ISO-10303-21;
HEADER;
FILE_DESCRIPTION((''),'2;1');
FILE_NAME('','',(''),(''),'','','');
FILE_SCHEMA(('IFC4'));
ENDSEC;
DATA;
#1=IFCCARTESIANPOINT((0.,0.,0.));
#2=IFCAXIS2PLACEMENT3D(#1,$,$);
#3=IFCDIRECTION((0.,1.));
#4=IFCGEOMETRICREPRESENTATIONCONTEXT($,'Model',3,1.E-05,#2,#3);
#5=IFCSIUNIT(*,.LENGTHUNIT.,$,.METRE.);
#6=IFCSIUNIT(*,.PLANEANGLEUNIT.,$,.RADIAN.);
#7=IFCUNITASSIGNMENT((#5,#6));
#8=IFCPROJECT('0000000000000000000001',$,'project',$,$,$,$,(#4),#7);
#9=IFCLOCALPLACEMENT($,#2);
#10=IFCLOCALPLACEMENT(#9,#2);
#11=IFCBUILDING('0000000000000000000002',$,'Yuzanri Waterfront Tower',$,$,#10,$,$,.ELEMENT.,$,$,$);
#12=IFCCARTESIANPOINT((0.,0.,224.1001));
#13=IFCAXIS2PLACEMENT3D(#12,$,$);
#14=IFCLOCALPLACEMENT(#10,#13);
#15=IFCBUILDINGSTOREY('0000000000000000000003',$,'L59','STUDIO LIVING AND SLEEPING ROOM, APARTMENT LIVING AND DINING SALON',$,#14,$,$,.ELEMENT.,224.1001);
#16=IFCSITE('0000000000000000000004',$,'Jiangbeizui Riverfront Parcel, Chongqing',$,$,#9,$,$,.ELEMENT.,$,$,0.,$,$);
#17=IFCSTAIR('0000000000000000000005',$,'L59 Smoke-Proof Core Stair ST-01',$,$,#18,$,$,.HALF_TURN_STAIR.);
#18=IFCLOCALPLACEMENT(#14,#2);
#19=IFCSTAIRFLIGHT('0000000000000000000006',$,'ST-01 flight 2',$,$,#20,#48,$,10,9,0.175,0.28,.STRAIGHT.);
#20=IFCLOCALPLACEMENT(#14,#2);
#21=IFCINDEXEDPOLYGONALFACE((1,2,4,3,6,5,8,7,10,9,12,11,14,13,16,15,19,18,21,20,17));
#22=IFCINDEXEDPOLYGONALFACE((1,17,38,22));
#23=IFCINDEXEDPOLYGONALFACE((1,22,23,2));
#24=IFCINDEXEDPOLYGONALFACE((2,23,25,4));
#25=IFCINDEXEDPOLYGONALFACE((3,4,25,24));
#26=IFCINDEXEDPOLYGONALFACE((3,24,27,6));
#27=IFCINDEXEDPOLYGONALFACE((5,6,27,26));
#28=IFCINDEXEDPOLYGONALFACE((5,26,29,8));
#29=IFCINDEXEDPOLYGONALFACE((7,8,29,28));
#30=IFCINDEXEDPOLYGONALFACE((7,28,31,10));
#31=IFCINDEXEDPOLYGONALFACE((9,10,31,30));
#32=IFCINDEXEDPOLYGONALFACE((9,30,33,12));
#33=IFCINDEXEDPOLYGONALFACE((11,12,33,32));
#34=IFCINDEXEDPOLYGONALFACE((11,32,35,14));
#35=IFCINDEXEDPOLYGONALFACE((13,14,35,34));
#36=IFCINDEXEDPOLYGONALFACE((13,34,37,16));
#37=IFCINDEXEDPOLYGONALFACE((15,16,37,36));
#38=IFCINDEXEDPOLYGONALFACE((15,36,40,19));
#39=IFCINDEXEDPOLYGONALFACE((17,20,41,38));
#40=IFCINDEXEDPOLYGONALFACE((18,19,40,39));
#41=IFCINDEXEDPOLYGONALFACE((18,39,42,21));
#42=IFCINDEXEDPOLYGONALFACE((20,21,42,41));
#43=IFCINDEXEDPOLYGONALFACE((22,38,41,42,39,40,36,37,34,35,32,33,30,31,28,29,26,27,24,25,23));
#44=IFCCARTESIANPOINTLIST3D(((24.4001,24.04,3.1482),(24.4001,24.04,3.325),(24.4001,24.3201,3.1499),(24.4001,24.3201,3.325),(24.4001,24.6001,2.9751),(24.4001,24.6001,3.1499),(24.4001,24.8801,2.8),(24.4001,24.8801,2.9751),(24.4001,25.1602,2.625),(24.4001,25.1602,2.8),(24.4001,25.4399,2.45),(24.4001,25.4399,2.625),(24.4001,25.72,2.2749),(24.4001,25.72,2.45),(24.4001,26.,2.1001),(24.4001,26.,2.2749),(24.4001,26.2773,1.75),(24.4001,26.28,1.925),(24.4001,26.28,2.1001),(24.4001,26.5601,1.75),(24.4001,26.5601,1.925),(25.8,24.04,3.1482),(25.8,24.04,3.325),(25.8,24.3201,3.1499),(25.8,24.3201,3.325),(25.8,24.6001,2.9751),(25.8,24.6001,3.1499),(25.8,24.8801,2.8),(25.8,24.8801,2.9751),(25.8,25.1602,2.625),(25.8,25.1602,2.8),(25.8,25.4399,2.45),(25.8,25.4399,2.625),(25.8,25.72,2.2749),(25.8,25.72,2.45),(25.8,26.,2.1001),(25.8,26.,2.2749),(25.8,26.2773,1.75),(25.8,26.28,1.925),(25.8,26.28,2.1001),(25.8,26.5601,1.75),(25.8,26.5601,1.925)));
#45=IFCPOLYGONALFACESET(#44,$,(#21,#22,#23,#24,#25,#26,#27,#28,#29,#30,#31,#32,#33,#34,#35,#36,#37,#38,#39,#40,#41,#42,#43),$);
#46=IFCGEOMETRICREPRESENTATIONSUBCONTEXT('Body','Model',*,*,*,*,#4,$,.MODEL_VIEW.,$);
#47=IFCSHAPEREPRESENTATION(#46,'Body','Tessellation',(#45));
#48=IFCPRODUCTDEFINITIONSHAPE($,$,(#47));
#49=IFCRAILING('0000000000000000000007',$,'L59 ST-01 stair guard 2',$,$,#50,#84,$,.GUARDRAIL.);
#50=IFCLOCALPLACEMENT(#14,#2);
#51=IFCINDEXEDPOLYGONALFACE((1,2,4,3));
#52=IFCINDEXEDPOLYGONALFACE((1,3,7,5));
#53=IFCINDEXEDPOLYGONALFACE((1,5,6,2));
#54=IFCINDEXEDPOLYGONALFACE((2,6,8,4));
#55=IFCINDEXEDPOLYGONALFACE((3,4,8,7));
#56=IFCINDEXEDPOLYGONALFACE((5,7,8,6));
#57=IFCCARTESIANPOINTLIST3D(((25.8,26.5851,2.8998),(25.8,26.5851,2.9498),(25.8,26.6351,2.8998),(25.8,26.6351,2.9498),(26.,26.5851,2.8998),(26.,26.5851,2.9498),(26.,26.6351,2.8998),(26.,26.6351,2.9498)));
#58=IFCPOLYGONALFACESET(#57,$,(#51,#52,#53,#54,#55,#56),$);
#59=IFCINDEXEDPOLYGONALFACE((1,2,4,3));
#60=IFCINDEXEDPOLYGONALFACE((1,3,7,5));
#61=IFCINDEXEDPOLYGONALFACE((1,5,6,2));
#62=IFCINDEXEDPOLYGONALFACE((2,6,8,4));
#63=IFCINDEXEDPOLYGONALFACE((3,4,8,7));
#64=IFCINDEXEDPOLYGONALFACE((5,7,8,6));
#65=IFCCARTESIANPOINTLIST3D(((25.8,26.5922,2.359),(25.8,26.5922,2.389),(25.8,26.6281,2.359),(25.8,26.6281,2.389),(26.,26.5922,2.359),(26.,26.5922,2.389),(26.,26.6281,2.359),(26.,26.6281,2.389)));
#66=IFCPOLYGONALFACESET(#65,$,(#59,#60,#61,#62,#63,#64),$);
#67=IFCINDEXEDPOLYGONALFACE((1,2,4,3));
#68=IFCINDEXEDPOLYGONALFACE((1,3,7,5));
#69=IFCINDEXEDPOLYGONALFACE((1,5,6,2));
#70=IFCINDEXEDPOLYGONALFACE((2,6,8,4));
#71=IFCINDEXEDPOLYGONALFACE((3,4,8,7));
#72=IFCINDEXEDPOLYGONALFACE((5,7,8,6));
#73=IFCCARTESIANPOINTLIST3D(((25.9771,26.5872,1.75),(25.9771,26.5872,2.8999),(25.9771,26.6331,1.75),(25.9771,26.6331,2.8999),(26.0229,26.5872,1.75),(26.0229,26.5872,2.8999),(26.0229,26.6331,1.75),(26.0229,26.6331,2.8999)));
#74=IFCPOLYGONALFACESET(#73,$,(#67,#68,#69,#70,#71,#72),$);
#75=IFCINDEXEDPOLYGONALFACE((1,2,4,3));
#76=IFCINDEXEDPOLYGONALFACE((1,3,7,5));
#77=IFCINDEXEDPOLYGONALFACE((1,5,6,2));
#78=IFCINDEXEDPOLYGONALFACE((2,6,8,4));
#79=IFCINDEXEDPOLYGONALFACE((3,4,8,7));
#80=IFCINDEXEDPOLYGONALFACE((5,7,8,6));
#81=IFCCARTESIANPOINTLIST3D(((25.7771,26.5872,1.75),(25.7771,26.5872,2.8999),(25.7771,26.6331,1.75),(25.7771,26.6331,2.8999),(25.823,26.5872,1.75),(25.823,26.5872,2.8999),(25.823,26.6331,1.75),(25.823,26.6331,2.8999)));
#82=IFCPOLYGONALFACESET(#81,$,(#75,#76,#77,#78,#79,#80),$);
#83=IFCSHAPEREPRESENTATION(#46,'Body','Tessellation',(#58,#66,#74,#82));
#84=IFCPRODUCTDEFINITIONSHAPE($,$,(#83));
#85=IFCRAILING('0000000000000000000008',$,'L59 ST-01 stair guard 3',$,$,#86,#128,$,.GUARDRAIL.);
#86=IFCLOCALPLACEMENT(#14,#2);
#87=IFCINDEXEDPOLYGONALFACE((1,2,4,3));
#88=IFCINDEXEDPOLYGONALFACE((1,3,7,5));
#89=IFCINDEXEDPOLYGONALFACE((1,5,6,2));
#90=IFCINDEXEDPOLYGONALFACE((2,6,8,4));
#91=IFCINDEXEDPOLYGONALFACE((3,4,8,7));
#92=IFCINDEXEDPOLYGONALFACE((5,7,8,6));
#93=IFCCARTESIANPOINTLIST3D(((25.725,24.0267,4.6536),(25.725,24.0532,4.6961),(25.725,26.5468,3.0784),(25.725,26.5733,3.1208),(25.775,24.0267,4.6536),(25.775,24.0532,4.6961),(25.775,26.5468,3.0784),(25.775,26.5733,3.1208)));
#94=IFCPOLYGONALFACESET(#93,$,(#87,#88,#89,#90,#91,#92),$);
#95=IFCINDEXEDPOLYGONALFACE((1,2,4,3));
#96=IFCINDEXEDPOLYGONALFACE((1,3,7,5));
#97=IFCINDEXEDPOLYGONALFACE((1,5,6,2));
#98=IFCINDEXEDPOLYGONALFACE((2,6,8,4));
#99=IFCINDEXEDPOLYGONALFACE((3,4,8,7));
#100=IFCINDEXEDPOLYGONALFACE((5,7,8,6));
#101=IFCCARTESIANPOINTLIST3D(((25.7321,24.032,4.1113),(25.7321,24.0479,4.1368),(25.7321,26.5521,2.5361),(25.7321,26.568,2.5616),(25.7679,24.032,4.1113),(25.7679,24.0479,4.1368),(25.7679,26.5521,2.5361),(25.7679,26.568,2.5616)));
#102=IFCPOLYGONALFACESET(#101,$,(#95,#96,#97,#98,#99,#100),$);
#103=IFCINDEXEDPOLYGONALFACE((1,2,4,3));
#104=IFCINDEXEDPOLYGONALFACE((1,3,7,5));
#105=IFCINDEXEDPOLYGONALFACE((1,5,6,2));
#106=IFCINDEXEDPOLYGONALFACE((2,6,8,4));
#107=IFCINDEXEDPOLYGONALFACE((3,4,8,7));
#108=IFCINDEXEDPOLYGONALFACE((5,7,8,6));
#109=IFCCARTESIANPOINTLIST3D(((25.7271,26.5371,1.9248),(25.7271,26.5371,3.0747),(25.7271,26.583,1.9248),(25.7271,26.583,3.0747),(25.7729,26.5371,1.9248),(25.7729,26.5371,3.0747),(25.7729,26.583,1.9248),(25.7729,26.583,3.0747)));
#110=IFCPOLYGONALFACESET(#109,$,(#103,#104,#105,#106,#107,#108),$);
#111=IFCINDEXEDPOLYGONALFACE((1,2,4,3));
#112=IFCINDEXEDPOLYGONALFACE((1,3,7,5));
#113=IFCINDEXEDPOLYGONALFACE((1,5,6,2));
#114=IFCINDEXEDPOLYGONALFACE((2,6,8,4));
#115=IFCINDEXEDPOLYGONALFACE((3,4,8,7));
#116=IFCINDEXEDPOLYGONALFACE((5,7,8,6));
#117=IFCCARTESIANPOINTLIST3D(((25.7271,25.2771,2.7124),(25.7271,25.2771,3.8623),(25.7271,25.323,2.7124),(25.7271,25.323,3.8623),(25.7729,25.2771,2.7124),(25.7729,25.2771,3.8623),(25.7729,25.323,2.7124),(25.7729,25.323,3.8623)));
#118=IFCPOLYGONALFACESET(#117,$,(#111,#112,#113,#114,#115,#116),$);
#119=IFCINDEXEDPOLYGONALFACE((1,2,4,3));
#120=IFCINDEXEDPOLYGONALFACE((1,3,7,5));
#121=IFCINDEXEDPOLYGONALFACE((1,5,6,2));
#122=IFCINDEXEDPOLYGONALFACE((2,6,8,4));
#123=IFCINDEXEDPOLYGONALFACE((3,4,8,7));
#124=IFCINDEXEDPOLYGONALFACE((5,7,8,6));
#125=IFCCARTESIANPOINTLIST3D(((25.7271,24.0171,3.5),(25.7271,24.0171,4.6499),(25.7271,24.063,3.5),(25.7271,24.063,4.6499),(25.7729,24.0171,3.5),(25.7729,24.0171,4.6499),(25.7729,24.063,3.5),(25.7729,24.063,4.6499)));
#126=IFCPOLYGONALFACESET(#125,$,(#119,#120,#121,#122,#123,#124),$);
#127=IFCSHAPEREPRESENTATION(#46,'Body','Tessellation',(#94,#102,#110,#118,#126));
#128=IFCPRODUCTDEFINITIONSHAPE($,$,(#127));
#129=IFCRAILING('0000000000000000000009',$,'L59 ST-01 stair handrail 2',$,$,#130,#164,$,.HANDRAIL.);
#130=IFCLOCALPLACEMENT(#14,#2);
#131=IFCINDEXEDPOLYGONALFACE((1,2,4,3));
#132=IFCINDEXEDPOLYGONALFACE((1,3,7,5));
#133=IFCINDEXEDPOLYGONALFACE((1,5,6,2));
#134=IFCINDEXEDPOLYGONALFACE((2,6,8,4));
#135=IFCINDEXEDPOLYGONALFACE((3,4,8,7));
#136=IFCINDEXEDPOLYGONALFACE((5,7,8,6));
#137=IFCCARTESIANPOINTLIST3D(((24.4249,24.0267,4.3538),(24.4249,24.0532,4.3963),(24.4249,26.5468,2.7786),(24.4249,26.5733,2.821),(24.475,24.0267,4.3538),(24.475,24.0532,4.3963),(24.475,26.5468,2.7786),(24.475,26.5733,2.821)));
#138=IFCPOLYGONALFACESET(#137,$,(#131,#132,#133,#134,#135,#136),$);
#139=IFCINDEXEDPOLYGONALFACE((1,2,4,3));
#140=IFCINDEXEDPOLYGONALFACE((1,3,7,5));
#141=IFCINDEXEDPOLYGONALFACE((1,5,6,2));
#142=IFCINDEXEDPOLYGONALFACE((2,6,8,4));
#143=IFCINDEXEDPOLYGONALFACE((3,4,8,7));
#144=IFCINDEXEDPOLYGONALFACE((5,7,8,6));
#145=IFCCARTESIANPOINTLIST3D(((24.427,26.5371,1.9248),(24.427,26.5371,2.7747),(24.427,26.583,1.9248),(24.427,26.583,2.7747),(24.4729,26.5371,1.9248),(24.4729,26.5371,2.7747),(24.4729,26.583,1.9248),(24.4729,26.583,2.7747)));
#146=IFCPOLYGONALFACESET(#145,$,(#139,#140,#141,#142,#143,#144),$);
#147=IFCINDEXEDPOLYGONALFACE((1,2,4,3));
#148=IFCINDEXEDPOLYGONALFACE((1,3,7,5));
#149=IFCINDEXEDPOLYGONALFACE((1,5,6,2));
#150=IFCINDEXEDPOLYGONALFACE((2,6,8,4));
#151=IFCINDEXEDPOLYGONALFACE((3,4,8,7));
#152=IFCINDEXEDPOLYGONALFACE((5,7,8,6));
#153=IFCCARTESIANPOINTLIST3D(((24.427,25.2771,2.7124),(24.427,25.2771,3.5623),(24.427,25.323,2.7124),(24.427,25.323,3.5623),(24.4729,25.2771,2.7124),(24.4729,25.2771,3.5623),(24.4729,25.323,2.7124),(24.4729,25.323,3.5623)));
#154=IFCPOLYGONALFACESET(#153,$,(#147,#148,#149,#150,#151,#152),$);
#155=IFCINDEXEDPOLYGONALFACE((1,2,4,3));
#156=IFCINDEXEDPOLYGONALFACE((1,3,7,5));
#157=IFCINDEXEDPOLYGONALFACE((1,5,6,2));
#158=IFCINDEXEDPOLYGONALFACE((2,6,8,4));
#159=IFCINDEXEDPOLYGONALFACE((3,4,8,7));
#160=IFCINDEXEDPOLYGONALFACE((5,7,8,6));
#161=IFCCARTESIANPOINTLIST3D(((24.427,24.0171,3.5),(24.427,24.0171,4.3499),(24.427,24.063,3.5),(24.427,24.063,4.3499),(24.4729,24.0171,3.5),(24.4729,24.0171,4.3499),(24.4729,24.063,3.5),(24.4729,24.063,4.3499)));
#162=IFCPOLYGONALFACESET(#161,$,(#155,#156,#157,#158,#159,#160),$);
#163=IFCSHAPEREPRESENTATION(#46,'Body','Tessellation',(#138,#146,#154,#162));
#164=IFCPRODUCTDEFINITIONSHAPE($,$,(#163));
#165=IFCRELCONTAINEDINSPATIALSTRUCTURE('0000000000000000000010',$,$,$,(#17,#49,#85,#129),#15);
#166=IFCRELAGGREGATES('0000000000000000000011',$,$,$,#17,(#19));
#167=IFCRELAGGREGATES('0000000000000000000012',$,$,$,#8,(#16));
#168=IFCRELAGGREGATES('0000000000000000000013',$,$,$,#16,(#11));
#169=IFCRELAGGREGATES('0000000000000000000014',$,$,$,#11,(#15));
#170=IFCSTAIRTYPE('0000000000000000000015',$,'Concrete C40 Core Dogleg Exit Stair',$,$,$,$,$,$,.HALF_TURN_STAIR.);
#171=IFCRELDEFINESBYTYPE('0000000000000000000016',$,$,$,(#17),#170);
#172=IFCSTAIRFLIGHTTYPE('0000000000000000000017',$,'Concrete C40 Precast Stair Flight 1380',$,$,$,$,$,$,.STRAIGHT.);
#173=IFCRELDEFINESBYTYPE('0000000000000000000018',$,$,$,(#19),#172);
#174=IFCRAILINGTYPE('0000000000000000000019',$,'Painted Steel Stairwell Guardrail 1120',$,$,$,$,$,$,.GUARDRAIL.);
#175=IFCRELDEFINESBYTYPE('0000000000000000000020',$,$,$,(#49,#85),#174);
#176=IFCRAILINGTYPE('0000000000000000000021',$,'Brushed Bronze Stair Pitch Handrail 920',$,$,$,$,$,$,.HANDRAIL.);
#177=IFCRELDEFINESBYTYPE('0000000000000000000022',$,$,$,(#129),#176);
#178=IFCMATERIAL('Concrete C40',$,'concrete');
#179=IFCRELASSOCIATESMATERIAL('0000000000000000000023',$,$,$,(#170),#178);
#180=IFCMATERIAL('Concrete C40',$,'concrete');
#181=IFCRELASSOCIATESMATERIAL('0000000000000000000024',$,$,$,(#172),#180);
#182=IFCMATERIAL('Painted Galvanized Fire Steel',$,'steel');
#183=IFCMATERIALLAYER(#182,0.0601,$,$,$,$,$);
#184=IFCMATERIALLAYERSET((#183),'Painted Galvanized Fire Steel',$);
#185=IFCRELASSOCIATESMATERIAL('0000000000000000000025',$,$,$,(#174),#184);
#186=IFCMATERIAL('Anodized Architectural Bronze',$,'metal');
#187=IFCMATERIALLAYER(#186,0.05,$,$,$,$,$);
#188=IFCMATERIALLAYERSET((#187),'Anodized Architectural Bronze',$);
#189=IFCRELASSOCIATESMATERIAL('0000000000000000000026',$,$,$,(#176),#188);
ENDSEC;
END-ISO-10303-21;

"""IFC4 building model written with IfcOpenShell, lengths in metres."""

from ifc_helpers import new_model, si_unit, direction, frame, origin, origin_2d, place, context, subcontext, project, spatial, polyline, rectangle, outline, extrude, source, transform, mapped, material, layer, layer_set, type_object, element, aggregate, save


model = new_model("IFC4")

# Units and contexts
model_context = context("Model", 3, precision=1e-05, world=origin(), true_north=direction((0.0, 1.0)))
body_context = subcontext(model_context, "Body", "Model", "MODEL_VIEW")
ifc_project = project(units=[si_unit("LENGTHUNIT", "METRE"), si_unit("PLANEANGLEUNIT", "RADIAN")], contexts=[model_context])

# Site, building, storey
site_placement = place(None, origin())
site = spatial("IfcSite", under=ifc_project, at=site_placement, Name="Jiangbeizui Riverfront Parcel, Chongqing", CompositionType="ELEMENT", RefElevation=0.0)
building_placement = place(site_placement, origin())
building = spatial("IfcBuilding", under=site, at=building_placement, Name="Yuzanri Waterfront Tower", CompositionType="ELEMENT")
storey_placement = place(building_placement, frame((0.0, 0.0, 224.1001)))
storey = spatial("IfcBuildingStorey", under=building, at=storey_placement, Name="L59", Description="STUDIO LIVING AND SLEEPING ROOM, APARTMENT LIVING AND DINING SALON", CompositionType="ELEMENT", Elevation=224.1001)

# Stair, stair flight
ifc_material_1 = material(Name="Concrete C40", Category="concrete")
stair_type = type_object("IfcStairType", Name="Concrete C40 Core Dogleg Exit Stair", PredefinedType="HALF_TURN_STAIR", material=ifc_material_1)
stair_placement = place(storey_placement, origin())
stair = element("IfcStair", 1, at=stair_placement, inside=storey, type_object=stair_type, Name="L59 Smoke-Proof Core Stair ST-01", PredefinedType="HALF_TURN_STAIR")
ifc_material_2 = material(Name="Concrete C40", Category="concrete")
stair_flight_type = type_object("IfcStairFlightType", Name="Concrete C40 Precast Stair Flight 1380", PredefinedType="STRAIGHT", material=ifc_material_2)
shared_shape_1 = source(origin(), body_context, "Body", "SweptSolid", [
    extrude(outline(polyline([(0.0, 0.0), (0.0, 0.175), (0.28, 0.175), (0.28, 0.3501), (0.5601, 0.3501), (0.5601, 0.5249), (0.8401, 0.5249), (0.8401, 0.7), (1.1201, 0.7), (1.1201, 0.875), (1.3999, 0.875), (1.3999, 1.05), (1.6799, 1.05), (1.6799, 1.2251), (1.96, 1.2251), (1.96, 1.3999), (2.24, 1.3999), (2.24, 1.575), (2.52, 1.575), (2.52, 1.75), (2.52, 1.3982), (0.2827, 0.0), (0.0, 0.0)])), frame((0.0, 0.7, 0.0), z_axis=(0.0, -1.0, 0.0), x_axis=(1.0, 0.0, 0.0)), (0.0, 0.0, 1.0), 1.3999),
])
stair_flight_placement = place(storey_placement, frame((25.1001, 26.5601, 1.75), z_axis=(0.0, 0.0, 1.0), x_axis=(0.0, -1.0, 0.0)))
stair_flight = element("IfcStairFlight", 2, at=stair_flight_placement, type_object=stair_flight_type, Name="ST-01 flight 2", NumberOfRisers=10, NumberOfTreads=9, PredefinedType="STRAIGHT", RiserHeight=0.175, TreadLength=0.28, context=body_context, shape_type="MappedRepresentation", body=[
    mapped(shared_shape_1, transform((0.0, 0.0, 0.0), scale=1.0)),
])
aggregate(stair, [stair_flight])

# Railings
ifc_material_3 = material(Name="Painted Galvanized Fire Steel", Category="steel")
ifc_layer_1 = layer(ifc_material_3, 0.0601)
ifc_layer_set_1 = layer_set([ifc_layer_1], Name="Painted Galvanized Fire Steel")
railing_type_1 = type_object("IfcRailingType", Name="Painted Steel Stairwell Guardrail 1120", PredefinedType="GUARDRAIL", material=ifc_layer_set_1)
shared_shape_2 = source(origin(), body_context, "Body", "SweptSolid", [
    extrude(rectangle(XDim=0.05, YDim=0.05, at=origin_2d()), frame((0.0, 0.0, 1.1748), z_axis=(-1.0, 0.0, 0.0), x_axis=(0.0, -1.0, 0.0)), (0.0, 0.0, 1.0), 0.2),
    extrude(rectangle(XDim=0.0359, YDim=0.03, at=origin_2d()), frame((0.0, 0.0, 0.624), z_axis=(-1.0, 0.0, 0.0), x_axis=(0.0, -1.0, 0.0)), (0.0, 0.0, 1.0), 0.2),
    extrude(rectangle(XDim=0.0459, YDim=0.0459, at=origin_2d()), origin(), (0.0, 0.0, 1.0), 1.1499),
    extrude(rectangle(XDim=0.0459, YDim=0.0459, at=origin_2d()), frame((-0.2, 0.0, 0.0)), (0.0, 0.0, 1.0), 1.1499),
])
railing_1_placement = place(storey_placement, frame((26.0, 26.6101, 1.75)))
element("IfcRailing", 3, at=railing_1_placement, inside=storey, type_object=railing_type_1, Name="L59 ST-01 stair guard 2", PredefinedType="GUARDRAIL", context=body_context, shape_type="MappedRepresentation", body=[
    mapped(shared_shape_2, transform((0.0, 0.0, 0.0), scale=1.0)),
])
shared_shape_3 = source(origin(), body_context, "Body", "SweptSolid", [
    extrude(rectangle(XDim=0.05, YDim=0.05, at=origin_2d()), frame((0.0, 0.0, 1.1748), z_axis=(0.0, -0.847971, 0.530043), x_axis=(1.0, 0.0, 0.0)), (0.0, 0.0, 1.0), 2.9719),
    extrude(rectangle(XDim=0.0359, YDim=0.03, at=origin_2d()), frame((0.0, 0.0, 0.624), z_axis=(0.0, -0.847971, 0.530043), x_axis=(1.0, 0.0, 0.0)), (0.0, 0.0, 1.0), 2.9719),
    extrude(rectangle(XDim=0.0459, YDim=0.0459, at=origin_2d()), origin(), (0.0, 0.0, 1.0), 1.1499),
    extrude(rectangle(XDim=0.0459, YDim=0.0459, at=origin_2d()), frame((0.0, -1.26, 0.7876)), (0.0, 0.0, 1.0), 1.1499),
    extrude(rectangle(XDim=0.0459, YDim=0.0459, at=origin_2d()), frame((0.0, -2.52, 1.5752)), (0.0, 0.0, 1.0), 1.1499),
])
railing_2_placement = place(storey_placement, frame((25.75, 26.5601, 1.9248)))
element("IfcRailing", 4, at=railing_2_placement, inside=storey, type_object=railing_type_1, Name="L59 ST-01 stair guard 3", PredefinedType="GUARDRAIL", context=body_context, shape_type="MappedRepresentation", body=[
    mapped(shared_shape_3, transform((0.0, 0.0, 0.0), scale=1.0)),
])
ifc_material_4 = material(Name="Anodized Architectural Bronze", Category="metal")
ifc_layer_2 = layer(ifc_material_4, 0.05)
ifc_layer_set_2 = layer_set([ifc_layer_2], Name="Anodized Architectural Bronze")
railing_type_2 = type_object("IfcRailingType", Name="Brushed Bronze Stair Pitch Handrail 920", PredefinedType="HANDRAIL", material=ifc_layer_set_2)
shared_shape_4 = source(origin(), body_context, "Body", "SweptSolid", [
    extrude(rectangle(XDim=0.05, YDim=0.05, at=origin_2d()), frame((0.0, 0.0, 0.875), z_axis=(0.0, -0.847971, 0.530043), x_axis=(1.0, 0.0, 0.0)), (0.0, 0.0, 1.0), 2.9719),
    extrude(rectangle(XDim=0.0459, YDim=0.0459, at=origin_2d()), origin(), (0.0, 0.0, 1.0), 0.8499),
    extrude(rectangle(XDim=0.0459, YDim=0.0459, at=origin_2d()), frame((0.0, -1.26, 0.7876)), (0.0, 0.0, 1.0), 0.8499),
    extrude(rectangle(XDim=0.0459, YDim=0.0459, at=origin_2d()), frame((0.0, -2.52, 1.5752)), (0.0, 0.0, 1.0), 0.8499),
])
railing_3_placement = place(storey_placement, frame((24.45, 26.5601, 1.9248)))
element("IfcRailing", 5, at=railing_3_placement, inside=storey, type_object=railing_type_2, Name="L59 ST-01 stair handrail 2", PredefinedType="HANDRAIL", context=body_context, shape_type="MappedRepresentation", body=[
    mapped(shared_shape_4, transform((0.0, 0.0, 0.0), scale=1.0)),
])

save(model, "model.ifc")
